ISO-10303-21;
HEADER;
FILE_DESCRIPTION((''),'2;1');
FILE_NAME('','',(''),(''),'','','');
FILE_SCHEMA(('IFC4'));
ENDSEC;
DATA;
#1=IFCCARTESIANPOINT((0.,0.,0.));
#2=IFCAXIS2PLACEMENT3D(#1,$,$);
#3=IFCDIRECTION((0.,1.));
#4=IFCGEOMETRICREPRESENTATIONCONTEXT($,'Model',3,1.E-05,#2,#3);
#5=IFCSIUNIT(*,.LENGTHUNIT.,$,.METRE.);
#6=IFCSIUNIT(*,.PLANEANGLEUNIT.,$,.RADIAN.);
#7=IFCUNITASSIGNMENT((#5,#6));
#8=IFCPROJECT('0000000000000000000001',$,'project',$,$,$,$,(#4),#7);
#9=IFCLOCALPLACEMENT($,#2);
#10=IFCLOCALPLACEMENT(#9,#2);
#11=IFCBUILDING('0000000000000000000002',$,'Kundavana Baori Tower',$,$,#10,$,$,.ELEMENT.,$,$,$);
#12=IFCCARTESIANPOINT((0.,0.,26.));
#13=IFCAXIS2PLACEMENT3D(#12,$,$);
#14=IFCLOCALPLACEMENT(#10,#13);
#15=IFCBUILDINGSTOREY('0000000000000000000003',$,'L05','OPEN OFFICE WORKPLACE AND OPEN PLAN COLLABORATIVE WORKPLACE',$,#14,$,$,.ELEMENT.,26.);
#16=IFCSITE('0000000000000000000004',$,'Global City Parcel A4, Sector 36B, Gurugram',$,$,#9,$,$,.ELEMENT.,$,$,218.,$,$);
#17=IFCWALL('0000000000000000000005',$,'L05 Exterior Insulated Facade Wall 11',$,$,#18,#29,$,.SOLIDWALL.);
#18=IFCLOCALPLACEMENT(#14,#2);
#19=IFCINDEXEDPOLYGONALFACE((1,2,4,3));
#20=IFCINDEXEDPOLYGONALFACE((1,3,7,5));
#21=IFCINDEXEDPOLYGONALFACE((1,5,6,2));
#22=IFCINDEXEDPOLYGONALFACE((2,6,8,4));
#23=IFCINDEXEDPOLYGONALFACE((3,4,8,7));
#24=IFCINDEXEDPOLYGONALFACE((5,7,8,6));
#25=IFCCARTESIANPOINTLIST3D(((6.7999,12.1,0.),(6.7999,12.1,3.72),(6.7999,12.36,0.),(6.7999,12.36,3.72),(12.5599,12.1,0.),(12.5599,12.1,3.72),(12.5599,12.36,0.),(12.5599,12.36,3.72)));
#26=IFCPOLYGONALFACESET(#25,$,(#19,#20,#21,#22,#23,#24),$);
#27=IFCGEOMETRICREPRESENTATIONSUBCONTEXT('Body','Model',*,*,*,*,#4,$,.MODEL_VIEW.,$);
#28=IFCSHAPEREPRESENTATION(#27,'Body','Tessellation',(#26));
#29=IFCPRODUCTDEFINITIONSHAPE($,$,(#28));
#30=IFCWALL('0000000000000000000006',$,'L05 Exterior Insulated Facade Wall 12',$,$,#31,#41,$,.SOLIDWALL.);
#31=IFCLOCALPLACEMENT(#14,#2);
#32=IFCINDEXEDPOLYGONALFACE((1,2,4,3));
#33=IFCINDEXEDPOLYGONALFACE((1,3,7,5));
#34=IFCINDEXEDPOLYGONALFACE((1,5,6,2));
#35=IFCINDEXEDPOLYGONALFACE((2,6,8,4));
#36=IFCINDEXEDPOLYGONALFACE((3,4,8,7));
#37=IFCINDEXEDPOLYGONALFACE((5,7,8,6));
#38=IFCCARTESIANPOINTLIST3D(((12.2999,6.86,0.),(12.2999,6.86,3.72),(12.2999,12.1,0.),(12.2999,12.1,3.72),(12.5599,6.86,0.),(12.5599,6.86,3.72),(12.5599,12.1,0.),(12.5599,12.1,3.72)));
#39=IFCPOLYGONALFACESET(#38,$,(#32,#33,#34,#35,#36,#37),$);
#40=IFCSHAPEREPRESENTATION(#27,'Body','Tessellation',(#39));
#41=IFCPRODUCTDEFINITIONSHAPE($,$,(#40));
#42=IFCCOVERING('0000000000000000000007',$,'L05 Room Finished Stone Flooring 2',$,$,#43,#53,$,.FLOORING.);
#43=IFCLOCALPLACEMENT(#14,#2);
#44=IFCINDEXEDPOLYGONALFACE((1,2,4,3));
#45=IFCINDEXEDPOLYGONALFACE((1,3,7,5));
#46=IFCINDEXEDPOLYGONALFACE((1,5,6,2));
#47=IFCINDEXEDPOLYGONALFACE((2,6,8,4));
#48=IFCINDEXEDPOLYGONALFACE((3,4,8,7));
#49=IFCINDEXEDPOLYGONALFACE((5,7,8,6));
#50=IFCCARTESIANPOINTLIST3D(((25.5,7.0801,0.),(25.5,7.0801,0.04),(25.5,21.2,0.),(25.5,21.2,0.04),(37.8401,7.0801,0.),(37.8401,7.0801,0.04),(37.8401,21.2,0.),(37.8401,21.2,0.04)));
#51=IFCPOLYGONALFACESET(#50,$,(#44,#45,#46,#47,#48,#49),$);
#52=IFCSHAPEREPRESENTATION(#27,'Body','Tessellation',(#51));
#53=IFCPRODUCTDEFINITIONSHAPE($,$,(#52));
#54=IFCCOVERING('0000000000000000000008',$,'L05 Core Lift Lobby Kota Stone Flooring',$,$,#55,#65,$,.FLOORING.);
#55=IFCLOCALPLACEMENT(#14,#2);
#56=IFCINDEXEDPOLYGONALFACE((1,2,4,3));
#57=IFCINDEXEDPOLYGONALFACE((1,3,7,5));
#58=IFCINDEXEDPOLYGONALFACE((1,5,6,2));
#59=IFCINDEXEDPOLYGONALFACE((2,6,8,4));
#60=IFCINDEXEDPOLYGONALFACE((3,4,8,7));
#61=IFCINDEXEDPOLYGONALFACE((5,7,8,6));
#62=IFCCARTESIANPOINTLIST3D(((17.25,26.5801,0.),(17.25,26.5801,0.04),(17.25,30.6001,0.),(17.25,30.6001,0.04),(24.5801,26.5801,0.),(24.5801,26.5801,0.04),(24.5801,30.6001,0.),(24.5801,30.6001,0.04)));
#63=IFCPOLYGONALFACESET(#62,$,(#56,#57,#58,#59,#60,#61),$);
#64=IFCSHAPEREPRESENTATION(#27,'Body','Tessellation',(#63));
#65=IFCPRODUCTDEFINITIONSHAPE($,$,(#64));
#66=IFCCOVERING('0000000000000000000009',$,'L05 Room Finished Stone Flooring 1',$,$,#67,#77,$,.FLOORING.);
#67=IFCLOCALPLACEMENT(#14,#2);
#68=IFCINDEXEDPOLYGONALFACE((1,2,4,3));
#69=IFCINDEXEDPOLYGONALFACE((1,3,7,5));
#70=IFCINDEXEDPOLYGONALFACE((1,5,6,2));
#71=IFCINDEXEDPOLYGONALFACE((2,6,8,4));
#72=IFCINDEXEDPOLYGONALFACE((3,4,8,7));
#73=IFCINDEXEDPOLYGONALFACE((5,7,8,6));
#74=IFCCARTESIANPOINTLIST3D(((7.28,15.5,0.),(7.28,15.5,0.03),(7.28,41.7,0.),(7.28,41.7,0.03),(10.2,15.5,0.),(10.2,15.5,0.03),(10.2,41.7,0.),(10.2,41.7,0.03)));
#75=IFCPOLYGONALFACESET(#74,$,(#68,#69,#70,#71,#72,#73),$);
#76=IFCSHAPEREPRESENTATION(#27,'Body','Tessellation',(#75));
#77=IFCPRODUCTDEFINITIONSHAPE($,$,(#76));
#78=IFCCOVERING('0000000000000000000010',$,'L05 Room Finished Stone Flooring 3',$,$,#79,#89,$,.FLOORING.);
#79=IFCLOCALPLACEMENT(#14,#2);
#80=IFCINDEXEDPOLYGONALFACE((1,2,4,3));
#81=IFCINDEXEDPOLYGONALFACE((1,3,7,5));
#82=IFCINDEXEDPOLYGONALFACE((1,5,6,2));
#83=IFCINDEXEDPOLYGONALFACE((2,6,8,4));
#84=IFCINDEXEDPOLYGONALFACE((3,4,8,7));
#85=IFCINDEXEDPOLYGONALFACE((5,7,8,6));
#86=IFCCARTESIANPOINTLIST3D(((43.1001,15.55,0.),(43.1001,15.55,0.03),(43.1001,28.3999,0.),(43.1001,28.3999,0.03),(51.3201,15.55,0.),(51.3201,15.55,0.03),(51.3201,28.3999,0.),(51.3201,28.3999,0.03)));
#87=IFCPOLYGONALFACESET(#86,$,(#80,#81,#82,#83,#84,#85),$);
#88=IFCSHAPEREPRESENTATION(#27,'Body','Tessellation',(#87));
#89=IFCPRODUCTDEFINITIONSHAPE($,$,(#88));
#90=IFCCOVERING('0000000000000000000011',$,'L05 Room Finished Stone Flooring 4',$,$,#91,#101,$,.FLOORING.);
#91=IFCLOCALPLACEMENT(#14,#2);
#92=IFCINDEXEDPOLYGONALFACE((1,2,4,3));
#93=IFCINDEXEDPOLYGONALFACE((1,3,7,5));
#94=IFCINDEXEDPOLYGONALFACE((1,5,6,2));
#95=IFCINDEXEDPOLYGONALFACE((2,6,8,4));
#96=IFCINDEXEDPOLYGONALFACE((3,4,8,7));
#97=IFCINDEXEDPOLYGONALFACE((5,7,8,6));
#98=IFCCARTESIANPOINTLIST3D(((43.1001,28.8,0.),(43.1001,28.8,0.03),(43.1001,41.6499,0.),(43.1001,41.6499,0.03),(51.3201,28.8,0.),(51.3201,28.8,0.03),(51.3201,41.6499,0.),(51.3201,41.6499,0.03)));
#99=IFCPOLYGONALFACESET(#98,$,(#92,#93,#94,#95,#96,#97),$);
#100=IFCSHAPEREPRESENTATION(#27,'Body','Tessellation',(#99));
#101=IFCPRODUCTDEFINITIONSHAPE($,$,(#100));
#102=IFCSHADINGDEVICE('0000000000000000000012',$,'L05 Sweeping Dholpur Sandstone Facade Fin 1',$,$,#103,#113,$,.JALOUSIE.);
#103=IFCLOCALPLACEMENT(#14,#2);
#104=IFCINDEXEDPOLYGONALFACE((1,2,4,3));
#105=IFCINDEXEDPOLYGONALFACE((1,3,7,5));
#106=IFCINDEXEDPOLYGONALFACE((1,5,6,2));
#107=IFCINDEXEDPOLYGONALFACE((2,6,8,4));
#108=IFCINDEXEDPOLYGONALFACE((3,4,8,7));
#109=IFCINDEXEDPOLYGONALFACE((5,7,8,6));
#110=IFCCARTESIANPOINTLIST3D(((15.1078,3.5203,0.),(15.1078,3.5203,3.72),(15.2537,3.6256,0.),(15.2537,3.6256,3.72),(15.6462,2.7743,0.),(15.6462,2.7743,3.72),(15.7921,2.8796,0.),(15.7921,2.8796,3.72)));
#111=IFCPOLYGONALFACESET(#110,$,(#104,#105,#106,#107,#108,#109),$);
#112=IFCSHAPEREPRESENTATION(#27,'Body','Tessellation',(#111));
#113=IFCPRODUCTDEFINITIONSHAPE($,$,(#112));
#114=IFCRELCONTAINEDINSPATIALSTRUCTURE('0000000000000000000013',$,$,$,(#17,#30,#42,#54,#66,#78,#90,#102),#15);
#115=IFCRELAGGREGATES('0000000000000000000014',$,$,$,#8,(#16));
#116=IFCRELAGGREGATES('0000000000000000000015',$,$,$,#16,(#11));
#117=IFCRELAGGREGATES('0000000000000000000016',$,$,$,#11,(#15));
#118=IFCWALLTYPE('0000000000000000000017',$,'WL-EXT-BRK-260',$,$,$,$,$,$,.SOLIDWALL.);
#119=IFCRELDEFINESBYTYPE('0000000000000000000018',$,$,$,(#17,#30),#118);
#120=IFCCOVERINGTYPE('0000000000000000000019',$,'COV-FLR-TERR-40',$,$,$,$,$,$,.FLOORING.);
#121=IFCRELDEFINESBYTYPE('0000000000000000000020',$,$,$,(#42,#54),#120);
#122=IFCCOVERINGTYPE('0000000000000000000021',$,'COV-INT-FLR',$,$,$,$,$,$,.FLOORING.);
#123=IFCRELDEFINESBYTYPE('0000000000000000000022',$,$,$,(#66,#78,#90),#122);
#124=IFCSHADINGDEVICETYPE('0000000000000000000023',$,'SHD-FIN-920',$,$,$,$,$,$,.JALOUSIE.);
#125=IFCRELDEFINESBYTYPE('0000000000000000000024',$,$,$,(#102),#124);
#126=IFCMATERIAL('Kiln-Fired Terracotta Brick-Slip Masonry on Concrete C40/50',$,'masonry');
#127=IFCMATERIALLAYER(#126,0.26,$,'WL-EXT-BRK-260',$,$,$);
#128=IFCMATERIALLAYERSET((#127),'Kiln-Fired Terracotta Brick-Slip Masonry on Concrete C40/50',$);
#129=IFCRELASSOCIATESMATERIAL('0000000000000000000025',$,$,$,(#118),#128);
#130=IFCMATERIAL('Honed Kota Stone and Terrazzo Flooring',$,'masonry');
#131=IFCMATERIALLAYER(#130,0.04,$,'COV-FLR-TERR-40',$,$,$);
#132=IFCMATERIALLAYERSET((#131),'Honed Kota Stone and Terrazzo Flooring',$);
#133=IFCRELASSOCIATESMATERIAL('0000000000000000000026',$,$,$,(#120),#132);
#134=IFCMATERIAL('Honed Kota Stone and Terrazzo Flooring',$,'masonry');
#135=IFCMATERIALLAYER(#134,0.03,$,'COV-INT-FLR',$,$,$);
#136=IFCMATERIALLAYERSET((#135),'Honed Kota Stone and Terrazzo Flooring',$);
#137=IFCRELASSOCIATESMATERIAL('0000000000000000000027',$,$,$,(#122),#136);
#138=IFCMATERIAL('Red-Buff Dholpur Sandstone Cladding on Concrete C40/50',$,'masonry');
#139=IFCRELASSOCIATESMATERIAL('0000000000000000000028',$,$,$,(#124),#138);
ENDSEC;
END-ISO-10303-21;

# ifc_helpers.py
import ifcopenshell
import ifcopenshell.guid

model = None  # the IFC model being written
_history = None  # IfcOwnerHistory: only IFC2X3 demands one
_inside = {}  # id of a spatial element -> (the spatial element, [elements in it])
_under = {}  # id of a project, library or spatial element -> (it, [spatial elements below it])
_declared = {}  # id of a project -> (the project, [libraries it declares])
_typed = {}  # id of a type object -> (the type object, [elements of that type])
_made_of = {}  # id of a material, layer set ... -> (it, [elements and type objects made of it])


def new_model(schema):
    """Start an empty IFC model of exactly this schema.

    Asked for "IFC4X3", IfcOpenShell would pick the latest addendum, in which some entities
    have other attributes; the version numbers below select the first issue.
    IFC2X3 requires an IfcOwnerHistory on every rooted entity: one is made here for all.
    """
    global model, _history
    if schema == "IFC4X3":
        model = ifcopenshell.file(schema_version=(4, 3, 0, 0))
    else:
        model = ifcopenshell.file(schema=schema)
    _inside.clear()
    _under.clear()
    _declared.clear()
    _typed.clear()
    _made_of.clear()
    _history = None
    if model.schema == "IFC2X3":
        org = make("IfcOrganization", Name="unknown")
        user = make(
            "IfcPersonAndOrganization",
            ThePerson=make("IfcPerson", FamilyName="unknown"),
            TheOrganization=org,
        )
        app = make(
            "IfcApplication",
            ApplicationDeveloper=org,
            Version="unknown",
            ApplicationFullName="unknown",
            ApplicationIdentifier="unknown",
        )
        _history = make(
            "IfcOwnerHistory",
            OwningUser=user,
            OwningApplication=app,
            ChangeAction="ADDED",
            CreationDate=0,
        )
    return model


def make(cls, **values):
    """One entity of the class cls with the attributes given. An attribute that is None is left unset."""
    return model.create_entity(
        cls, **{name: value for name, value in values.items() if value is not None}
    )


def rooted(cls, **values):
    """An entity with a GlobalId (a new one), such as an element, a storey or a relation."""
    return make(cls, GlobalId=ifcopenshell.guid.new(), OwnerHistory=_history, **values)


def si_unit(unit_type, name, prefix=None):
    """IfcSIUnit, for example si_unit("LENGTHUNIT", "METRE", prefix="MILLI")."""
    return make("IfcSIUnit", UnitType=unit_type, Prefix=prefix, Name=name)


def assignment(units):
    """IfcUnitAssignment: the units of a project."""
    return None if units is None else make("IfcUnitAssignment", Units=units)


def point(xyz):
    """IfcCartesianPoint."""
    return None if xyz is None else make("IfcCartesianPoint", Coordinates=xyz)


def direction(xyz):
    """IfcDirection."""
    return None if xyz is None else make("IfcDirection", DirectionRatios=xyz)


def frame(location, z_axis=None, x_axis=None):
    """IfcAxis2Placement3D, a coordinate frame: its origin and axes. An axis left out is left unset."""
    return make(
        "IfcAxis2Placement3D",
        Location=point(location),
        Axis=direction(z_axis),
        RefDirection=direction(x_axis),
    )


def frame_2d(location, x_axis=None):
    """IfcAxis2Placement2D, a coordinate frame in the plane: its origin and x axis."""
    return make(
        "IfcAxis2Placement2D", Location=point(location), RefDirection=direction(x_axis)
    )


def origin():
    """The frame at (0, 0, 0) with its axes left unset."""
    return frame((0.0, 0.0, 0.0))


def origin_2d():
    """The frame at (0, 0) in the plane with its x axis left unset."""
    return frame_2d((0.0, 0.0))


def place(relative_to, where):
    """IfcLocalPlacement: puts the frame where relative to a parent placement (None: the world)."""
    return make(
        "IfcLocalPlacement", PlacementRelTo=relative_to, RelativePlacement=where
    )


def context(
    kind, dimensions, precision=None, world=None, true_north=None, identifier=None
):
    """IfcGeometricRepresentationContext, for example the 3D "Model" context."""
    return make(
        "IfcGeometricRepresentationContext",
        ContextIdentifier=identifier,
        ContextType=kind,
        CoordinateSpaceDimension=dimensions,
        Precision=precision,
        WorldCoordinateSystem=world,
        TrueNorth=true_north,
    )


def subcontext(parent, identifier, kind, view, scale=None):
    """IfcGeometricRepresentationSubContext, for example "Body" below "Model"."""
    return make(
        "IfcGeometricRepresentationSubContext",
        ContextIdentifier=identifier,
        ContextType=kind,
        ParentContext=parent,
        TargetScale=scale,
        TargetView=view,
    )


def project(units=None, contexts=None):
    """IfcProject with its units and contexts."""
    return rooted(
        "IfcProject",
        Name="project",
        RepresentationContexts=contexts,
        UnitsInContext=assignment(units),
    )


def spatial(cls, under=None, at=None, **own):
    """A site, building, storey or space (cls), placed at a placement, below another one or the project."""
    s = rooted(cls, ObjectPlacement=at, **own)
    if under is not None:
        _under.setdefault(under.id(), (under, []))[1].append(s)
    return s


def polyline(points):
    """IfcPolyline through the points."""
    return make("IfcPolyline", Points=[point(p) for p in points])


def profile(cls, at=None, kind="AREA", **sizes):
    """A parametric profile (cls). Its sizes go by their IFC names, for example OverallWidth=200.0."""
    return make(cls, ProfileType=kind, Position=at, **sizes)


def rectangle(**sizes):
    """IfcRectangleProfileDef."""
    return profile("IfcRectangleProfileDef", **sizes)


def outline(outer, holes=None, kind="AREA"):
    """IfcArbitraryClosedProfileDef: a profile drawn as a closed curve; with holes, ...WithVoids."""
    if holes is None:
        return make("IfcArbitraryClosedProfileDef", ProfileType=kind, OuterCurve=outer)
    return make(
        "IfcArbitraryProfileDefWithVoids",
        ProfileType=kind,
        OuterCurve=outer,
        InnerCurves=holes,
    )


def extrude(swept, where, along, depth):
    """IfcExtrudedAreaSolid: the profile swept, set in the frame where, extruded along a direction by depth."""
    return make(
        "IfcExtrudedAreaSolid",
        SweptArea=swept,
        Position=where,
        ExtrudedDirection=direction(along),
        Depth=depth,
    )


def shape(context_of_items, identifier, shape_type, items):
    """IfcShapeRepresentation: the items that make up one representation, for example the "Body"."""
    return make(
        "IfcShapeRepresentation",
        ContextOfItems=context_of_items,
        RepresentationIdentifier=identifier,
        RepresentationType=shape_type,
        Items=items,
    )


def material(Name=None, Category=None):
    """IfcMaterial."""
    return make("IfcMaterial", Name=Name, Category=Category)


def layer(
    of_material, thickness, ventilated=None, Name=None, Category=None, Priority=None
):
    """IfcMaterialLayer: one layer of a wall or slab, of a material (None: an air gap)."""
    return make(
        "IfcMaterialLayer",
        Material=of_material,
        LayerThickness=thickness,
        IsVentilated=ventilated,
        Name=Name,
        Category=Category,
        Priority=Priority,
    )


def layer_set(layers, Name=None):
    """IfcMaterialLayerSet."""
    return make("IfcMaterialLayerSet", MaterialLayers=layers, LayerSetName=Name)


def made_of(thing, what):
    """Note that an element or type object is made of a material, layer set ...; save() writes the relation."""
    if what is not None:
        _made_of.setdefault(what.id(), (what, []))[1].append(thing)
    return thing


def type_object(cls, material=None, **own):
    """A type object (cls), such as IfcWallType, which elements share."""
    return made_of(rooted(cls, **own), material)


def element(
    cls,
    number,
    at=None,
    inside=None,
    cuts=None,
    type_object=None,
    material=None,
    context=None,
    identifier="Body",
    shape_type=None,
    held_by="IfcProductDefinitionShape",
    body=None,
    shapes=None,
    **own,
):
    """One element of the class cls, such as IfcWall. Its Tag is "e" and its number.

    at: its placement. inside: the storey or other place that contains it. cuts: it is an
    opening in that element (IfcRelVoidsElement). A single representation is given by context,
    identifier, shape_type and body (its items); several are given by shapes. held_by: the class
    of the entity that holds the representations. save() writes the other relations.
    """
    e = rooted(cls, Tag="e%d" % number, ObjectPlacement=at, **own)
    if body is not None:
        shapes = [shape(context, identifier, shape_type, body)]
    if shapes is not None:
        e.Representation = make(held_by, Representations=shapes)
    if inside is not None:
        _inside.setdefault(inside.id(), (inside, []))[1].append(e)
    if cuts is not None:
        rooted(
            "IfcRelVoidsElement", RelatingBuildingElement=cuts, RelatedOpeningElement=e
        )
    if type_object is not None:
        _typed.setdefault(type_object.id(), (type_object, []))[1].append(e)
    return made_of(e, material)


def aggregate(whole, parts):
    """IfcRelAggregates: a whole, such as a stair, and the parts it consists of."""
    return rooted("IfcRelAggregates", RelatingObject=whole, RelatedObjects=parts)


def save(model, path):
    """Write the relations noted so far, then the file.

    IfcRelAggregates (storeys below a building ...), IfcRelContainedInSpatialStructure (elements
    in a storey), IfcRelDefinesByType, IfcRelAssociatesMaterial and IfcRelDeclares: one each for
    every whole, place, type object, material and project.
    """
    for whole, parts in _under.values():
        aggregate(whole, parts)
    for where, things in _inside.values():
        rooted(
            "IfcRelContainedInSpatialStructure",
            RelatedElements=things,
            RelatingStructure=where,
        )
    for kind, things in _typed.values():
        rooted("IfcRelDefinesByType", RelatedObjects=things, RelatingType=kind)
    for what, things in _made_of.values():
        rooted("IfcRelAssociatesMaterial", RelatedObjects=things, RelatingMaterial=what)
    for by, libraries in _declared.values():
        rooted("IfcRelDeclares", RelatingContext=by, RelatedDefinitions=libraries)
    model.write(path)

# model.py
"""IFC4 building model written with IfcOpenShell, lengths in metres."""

from ifc_helpers import new_model, si_unit, direction, frame, frame_2d, origin, origin_2d, place, context, subcontext, project, spatial, polyline, rectangle, outline, extrude, material, layer, layer_set, type_object, element, save


model = new_model("IFC4")

# Units and contexts
model_context = context("Model", 3, precision=1e-05, world=origin(), true_north=direction((0.0, 1.0)))
body_context = subcontext(model_context, "Body", "Model", "MODEL_VIEW")
ifc_project = project(units=[si_unit("LENGTHUNIT", "METRE"), si_unit("PLANEANGLEUNIT", "RADIAN")], contexts=[model_context])

# Site, building, storey
site_placement = place(None, origin())
site = spatial("IfcSite", under=ifc_project, at=site_placement, Name="Global City Parcel A4, Sector 36B, Gurugram", CompositionType="ELEMENT", RefElevation=218.0)
building_placement = place(site_placement, origin())
building = spatial("IfcBuilding", under=site, at=building_placement, Name="Kundavana Baori Tower", CompositionType="ELEMENT")
storey_placement = place(building_placement, frame((0.0, 0.0, 26.0)))
storey = spatial("IfcBuildingStorey", under=building, at=storey_placement, Name="L05", Description="OPEN OFFICE WORKPLACE AND OPEN PLAN COLLABORATIVE WORKPLACE", CompositionType="ELEMENT", Elevation=26.0)

# Shared definitions
ifc_material_1 = material(Name="Kiln-Fired Terracotta Brick-Slip Masonry on Concrete C40/50", Category="masonry")
ifc_layer_1 = layer(ifc_material_1, 0.26, Name="WL-EXT-BRK-260")
ifc_layer_set_1 = layer_set([ifc_layer_1], Name="Kiln-Fired Terracotta Brick-Slip Masonry on Concrete C40/50")
wall_type = type_object("IfcWallType", Name="WL-EXT-BRK-260", PredefinedType="SOLIDWALL", material=ifc_layer_set_1)

# Walls
wall_1_placement = place(storey_placement, frame((6.8, 12.23, 0.0), z_axis=(0.0, 0.0, 1.0), x_axis=(1.0, 0.0, 0.0)))
element("IfcWall", 1, at=wall_1_placement, inside=storey, type_object=wall_type, Name="L05 Exterior Insulated Facade Wall 11", PredefinedType="SOLIDWALL", context=body_context, shape_type="SweptSolid", body=[
    extrude(rectangle(XDim=5.76, YDim=0.26, at=frame_2d((2.8799, 0.0))), origin(), (0.0, 0.0, 1.0), 3.72),
])
wall_2_placement = place(storey_placement, frame((12.4299, 12.1001, 0.0), z_axis=(0.0, 0.0, 1.0), x_axis=(0.0, -1.0, 0.0)))
element("IfcWall", 2, at=wall_2_placement, inside=storey, type_object=wall_type, Name="L05 Exterior Insulated Facade Wall 12", PredefinedType="SOLIDWALL", context=body_context, shape_type="SweptSolid", body=[
    extrude(rectangle(XDim=5.24, YDim=0.26, at=frame_2d((2.6201, 0.0))), origin(), (0.0, 0.0, 1.0), 3.72),
])

# Coverings
ifc_material_2 = material(Name="Honed Kota Stone and Terrazzo Flooring", Category="masonry")
ifc_layer_2 = layer(ifc_material_2, 0.04, Name="COV-FLR-TERR-40")
ifc_layer_set_2 = layer_set([ifc_layer_2], Name="Honed Kota Stone and Terrazzo Flooring")
covering_type_1 = type_object("IfcCoveringType", Name="COV-FLR-TERR-40", PredefinedType="FLOORING", material=ifc_layer_set_2)
covering_1_placement = place(storey_placement, origin())
element("IfcCovering", 3, at=covering_1_placement, inside=storey, type_object=covering_type_1, Name="L05 Room Finished Stone Flooring 2", PredefinedType="FLOORING", context=body_context, shape_type="SweptSolid", body=[
    extrude(outline(polyline([(25.5, 7.0801), (37.8401, 7.0801), (37.8401, 21.2), (25.5, 21.2), (25.5, 7.0801)])), origin(), (0.0, 0.0, 1.0), 0.04),
])
covering_2_placement = place(storey_placement, origin())
element("IfcCovering", 4, at=covering_2_placement, inside=storey, type_object=covering_type_1, Name="L05 Core Lift Lobby Kota Stone Flooring", PredefinedType="FLOORING", context=body_context, shape_type="SweptSolid", body=[
    extrude(outline(polyline([(17.25, 26.5801), (24.5801, 26.5801), (24.5801, 30.6001), (17.25, 30.6001), (17.25, 26.5801)])), origin(), (0.0, 0.0, 1.0), 0.04),
])
ifc_material_3 = material(Name="Honed Kota Stone and Terrazzo Flooring", Category="masonry")
ifc_layer_3 = layer(ifc_material_3, 0.03, Name="COV-INT-FLR")
ifc_layer_set_3 = layer_set([ifc_layer_3], Name="Honed Kota Stone and Terrazzo Flooring")
covering_type_2 = type_object("IfcCoveringType", Name="COV-INT-FLR", PredefinedType="FLOORING", material=ifc_layer_set_3)
covering_3_placement = place(storey_placement, origin())
element("IfcCovering", 5, at=covering_3_placement, inside=storey, type_object=covering_type_2, Name="L05 Room Finished Stone Flooring 1", PredefinedType="FLOORING", context=body_context, shape_type="SweptSolid", body=[
    extrude(outline(polyline([(7.28, 15.5), (10.2, 15.5), (10.2, 41.7), (7.28, 41.7), (7.28, 15.5)])), origin(), (0.0, 0.0, 1.0), 0.03),
])
covering_4_placement = place(storey_placement, origin())
element("IfcCovering", 6, at=covering_4_placement, inside=storey, type_object=covering_type_2, Name="L05 Room Finished Stone Flooring 3", PredefinedType="FLOORING", context=body_context, shape_type="SweptSolid", body=[
    extrude(outline(polyline([(43.1001, 15.55), (51.3201, 15.55), (51.3201, 28.3999), (43.1001, 28.3999), (43.1001, 15.55)])), origin(), (0.0, 0.0, 1.0), 0.03),
])
covering_5_placement = place(storey_placement, origin())
element("IfcCovering", 7, at=covering_5_placement, inside=storey, type_object=covering_type_2, Name="L05 Room Finished Stone Flooring 4", PredefinedType="FLOORING", context=body_context, shape_type="SweptSolid", body=[
    extrude(outline(polyline([(43.1001, 28.8), (51.3201, 28.8), (51.3201, 41.6499), (43.1001, 41.6499), (43.1001, 28.8)])), origin(), (0.0, 0.0, 1.0), 0.03),
])

# Shading device
ifc_material_4 = material(Name="Red-Buff Dholpur Sandstone Cladding on Concrete C40/50", Category="masonry")
shading_device_type = type_object("IfcShadingDeviceType", Name="SHD-FIN-920", PredefinedType="JALOUSIE", material=ifc_material_4)
shading_device_placement = place(storey_placement, frame((15.45, 3.2, 0.0), z_axis=(0.0, 0.0, 1.0), x_axis=(0.81086, 0.585241, 0.0)))
element("IfcShadingDevice", 8, at=shading_device_placement, inside=storey, type_object=shading_device_type, Name="L05 Sweeping Dholpur Sandstone Facade Fin 1", PredefinedType="JALOUSIE", context=body_context, shape_type="SweptSolid", body=[
    extrude(rectangle(XDim=0.1799, YDim=0.9199, at=origin_2d()), origin(), (0.0, 0.0, 1.0), 3.72),
])

save(model, "model.ifc")
